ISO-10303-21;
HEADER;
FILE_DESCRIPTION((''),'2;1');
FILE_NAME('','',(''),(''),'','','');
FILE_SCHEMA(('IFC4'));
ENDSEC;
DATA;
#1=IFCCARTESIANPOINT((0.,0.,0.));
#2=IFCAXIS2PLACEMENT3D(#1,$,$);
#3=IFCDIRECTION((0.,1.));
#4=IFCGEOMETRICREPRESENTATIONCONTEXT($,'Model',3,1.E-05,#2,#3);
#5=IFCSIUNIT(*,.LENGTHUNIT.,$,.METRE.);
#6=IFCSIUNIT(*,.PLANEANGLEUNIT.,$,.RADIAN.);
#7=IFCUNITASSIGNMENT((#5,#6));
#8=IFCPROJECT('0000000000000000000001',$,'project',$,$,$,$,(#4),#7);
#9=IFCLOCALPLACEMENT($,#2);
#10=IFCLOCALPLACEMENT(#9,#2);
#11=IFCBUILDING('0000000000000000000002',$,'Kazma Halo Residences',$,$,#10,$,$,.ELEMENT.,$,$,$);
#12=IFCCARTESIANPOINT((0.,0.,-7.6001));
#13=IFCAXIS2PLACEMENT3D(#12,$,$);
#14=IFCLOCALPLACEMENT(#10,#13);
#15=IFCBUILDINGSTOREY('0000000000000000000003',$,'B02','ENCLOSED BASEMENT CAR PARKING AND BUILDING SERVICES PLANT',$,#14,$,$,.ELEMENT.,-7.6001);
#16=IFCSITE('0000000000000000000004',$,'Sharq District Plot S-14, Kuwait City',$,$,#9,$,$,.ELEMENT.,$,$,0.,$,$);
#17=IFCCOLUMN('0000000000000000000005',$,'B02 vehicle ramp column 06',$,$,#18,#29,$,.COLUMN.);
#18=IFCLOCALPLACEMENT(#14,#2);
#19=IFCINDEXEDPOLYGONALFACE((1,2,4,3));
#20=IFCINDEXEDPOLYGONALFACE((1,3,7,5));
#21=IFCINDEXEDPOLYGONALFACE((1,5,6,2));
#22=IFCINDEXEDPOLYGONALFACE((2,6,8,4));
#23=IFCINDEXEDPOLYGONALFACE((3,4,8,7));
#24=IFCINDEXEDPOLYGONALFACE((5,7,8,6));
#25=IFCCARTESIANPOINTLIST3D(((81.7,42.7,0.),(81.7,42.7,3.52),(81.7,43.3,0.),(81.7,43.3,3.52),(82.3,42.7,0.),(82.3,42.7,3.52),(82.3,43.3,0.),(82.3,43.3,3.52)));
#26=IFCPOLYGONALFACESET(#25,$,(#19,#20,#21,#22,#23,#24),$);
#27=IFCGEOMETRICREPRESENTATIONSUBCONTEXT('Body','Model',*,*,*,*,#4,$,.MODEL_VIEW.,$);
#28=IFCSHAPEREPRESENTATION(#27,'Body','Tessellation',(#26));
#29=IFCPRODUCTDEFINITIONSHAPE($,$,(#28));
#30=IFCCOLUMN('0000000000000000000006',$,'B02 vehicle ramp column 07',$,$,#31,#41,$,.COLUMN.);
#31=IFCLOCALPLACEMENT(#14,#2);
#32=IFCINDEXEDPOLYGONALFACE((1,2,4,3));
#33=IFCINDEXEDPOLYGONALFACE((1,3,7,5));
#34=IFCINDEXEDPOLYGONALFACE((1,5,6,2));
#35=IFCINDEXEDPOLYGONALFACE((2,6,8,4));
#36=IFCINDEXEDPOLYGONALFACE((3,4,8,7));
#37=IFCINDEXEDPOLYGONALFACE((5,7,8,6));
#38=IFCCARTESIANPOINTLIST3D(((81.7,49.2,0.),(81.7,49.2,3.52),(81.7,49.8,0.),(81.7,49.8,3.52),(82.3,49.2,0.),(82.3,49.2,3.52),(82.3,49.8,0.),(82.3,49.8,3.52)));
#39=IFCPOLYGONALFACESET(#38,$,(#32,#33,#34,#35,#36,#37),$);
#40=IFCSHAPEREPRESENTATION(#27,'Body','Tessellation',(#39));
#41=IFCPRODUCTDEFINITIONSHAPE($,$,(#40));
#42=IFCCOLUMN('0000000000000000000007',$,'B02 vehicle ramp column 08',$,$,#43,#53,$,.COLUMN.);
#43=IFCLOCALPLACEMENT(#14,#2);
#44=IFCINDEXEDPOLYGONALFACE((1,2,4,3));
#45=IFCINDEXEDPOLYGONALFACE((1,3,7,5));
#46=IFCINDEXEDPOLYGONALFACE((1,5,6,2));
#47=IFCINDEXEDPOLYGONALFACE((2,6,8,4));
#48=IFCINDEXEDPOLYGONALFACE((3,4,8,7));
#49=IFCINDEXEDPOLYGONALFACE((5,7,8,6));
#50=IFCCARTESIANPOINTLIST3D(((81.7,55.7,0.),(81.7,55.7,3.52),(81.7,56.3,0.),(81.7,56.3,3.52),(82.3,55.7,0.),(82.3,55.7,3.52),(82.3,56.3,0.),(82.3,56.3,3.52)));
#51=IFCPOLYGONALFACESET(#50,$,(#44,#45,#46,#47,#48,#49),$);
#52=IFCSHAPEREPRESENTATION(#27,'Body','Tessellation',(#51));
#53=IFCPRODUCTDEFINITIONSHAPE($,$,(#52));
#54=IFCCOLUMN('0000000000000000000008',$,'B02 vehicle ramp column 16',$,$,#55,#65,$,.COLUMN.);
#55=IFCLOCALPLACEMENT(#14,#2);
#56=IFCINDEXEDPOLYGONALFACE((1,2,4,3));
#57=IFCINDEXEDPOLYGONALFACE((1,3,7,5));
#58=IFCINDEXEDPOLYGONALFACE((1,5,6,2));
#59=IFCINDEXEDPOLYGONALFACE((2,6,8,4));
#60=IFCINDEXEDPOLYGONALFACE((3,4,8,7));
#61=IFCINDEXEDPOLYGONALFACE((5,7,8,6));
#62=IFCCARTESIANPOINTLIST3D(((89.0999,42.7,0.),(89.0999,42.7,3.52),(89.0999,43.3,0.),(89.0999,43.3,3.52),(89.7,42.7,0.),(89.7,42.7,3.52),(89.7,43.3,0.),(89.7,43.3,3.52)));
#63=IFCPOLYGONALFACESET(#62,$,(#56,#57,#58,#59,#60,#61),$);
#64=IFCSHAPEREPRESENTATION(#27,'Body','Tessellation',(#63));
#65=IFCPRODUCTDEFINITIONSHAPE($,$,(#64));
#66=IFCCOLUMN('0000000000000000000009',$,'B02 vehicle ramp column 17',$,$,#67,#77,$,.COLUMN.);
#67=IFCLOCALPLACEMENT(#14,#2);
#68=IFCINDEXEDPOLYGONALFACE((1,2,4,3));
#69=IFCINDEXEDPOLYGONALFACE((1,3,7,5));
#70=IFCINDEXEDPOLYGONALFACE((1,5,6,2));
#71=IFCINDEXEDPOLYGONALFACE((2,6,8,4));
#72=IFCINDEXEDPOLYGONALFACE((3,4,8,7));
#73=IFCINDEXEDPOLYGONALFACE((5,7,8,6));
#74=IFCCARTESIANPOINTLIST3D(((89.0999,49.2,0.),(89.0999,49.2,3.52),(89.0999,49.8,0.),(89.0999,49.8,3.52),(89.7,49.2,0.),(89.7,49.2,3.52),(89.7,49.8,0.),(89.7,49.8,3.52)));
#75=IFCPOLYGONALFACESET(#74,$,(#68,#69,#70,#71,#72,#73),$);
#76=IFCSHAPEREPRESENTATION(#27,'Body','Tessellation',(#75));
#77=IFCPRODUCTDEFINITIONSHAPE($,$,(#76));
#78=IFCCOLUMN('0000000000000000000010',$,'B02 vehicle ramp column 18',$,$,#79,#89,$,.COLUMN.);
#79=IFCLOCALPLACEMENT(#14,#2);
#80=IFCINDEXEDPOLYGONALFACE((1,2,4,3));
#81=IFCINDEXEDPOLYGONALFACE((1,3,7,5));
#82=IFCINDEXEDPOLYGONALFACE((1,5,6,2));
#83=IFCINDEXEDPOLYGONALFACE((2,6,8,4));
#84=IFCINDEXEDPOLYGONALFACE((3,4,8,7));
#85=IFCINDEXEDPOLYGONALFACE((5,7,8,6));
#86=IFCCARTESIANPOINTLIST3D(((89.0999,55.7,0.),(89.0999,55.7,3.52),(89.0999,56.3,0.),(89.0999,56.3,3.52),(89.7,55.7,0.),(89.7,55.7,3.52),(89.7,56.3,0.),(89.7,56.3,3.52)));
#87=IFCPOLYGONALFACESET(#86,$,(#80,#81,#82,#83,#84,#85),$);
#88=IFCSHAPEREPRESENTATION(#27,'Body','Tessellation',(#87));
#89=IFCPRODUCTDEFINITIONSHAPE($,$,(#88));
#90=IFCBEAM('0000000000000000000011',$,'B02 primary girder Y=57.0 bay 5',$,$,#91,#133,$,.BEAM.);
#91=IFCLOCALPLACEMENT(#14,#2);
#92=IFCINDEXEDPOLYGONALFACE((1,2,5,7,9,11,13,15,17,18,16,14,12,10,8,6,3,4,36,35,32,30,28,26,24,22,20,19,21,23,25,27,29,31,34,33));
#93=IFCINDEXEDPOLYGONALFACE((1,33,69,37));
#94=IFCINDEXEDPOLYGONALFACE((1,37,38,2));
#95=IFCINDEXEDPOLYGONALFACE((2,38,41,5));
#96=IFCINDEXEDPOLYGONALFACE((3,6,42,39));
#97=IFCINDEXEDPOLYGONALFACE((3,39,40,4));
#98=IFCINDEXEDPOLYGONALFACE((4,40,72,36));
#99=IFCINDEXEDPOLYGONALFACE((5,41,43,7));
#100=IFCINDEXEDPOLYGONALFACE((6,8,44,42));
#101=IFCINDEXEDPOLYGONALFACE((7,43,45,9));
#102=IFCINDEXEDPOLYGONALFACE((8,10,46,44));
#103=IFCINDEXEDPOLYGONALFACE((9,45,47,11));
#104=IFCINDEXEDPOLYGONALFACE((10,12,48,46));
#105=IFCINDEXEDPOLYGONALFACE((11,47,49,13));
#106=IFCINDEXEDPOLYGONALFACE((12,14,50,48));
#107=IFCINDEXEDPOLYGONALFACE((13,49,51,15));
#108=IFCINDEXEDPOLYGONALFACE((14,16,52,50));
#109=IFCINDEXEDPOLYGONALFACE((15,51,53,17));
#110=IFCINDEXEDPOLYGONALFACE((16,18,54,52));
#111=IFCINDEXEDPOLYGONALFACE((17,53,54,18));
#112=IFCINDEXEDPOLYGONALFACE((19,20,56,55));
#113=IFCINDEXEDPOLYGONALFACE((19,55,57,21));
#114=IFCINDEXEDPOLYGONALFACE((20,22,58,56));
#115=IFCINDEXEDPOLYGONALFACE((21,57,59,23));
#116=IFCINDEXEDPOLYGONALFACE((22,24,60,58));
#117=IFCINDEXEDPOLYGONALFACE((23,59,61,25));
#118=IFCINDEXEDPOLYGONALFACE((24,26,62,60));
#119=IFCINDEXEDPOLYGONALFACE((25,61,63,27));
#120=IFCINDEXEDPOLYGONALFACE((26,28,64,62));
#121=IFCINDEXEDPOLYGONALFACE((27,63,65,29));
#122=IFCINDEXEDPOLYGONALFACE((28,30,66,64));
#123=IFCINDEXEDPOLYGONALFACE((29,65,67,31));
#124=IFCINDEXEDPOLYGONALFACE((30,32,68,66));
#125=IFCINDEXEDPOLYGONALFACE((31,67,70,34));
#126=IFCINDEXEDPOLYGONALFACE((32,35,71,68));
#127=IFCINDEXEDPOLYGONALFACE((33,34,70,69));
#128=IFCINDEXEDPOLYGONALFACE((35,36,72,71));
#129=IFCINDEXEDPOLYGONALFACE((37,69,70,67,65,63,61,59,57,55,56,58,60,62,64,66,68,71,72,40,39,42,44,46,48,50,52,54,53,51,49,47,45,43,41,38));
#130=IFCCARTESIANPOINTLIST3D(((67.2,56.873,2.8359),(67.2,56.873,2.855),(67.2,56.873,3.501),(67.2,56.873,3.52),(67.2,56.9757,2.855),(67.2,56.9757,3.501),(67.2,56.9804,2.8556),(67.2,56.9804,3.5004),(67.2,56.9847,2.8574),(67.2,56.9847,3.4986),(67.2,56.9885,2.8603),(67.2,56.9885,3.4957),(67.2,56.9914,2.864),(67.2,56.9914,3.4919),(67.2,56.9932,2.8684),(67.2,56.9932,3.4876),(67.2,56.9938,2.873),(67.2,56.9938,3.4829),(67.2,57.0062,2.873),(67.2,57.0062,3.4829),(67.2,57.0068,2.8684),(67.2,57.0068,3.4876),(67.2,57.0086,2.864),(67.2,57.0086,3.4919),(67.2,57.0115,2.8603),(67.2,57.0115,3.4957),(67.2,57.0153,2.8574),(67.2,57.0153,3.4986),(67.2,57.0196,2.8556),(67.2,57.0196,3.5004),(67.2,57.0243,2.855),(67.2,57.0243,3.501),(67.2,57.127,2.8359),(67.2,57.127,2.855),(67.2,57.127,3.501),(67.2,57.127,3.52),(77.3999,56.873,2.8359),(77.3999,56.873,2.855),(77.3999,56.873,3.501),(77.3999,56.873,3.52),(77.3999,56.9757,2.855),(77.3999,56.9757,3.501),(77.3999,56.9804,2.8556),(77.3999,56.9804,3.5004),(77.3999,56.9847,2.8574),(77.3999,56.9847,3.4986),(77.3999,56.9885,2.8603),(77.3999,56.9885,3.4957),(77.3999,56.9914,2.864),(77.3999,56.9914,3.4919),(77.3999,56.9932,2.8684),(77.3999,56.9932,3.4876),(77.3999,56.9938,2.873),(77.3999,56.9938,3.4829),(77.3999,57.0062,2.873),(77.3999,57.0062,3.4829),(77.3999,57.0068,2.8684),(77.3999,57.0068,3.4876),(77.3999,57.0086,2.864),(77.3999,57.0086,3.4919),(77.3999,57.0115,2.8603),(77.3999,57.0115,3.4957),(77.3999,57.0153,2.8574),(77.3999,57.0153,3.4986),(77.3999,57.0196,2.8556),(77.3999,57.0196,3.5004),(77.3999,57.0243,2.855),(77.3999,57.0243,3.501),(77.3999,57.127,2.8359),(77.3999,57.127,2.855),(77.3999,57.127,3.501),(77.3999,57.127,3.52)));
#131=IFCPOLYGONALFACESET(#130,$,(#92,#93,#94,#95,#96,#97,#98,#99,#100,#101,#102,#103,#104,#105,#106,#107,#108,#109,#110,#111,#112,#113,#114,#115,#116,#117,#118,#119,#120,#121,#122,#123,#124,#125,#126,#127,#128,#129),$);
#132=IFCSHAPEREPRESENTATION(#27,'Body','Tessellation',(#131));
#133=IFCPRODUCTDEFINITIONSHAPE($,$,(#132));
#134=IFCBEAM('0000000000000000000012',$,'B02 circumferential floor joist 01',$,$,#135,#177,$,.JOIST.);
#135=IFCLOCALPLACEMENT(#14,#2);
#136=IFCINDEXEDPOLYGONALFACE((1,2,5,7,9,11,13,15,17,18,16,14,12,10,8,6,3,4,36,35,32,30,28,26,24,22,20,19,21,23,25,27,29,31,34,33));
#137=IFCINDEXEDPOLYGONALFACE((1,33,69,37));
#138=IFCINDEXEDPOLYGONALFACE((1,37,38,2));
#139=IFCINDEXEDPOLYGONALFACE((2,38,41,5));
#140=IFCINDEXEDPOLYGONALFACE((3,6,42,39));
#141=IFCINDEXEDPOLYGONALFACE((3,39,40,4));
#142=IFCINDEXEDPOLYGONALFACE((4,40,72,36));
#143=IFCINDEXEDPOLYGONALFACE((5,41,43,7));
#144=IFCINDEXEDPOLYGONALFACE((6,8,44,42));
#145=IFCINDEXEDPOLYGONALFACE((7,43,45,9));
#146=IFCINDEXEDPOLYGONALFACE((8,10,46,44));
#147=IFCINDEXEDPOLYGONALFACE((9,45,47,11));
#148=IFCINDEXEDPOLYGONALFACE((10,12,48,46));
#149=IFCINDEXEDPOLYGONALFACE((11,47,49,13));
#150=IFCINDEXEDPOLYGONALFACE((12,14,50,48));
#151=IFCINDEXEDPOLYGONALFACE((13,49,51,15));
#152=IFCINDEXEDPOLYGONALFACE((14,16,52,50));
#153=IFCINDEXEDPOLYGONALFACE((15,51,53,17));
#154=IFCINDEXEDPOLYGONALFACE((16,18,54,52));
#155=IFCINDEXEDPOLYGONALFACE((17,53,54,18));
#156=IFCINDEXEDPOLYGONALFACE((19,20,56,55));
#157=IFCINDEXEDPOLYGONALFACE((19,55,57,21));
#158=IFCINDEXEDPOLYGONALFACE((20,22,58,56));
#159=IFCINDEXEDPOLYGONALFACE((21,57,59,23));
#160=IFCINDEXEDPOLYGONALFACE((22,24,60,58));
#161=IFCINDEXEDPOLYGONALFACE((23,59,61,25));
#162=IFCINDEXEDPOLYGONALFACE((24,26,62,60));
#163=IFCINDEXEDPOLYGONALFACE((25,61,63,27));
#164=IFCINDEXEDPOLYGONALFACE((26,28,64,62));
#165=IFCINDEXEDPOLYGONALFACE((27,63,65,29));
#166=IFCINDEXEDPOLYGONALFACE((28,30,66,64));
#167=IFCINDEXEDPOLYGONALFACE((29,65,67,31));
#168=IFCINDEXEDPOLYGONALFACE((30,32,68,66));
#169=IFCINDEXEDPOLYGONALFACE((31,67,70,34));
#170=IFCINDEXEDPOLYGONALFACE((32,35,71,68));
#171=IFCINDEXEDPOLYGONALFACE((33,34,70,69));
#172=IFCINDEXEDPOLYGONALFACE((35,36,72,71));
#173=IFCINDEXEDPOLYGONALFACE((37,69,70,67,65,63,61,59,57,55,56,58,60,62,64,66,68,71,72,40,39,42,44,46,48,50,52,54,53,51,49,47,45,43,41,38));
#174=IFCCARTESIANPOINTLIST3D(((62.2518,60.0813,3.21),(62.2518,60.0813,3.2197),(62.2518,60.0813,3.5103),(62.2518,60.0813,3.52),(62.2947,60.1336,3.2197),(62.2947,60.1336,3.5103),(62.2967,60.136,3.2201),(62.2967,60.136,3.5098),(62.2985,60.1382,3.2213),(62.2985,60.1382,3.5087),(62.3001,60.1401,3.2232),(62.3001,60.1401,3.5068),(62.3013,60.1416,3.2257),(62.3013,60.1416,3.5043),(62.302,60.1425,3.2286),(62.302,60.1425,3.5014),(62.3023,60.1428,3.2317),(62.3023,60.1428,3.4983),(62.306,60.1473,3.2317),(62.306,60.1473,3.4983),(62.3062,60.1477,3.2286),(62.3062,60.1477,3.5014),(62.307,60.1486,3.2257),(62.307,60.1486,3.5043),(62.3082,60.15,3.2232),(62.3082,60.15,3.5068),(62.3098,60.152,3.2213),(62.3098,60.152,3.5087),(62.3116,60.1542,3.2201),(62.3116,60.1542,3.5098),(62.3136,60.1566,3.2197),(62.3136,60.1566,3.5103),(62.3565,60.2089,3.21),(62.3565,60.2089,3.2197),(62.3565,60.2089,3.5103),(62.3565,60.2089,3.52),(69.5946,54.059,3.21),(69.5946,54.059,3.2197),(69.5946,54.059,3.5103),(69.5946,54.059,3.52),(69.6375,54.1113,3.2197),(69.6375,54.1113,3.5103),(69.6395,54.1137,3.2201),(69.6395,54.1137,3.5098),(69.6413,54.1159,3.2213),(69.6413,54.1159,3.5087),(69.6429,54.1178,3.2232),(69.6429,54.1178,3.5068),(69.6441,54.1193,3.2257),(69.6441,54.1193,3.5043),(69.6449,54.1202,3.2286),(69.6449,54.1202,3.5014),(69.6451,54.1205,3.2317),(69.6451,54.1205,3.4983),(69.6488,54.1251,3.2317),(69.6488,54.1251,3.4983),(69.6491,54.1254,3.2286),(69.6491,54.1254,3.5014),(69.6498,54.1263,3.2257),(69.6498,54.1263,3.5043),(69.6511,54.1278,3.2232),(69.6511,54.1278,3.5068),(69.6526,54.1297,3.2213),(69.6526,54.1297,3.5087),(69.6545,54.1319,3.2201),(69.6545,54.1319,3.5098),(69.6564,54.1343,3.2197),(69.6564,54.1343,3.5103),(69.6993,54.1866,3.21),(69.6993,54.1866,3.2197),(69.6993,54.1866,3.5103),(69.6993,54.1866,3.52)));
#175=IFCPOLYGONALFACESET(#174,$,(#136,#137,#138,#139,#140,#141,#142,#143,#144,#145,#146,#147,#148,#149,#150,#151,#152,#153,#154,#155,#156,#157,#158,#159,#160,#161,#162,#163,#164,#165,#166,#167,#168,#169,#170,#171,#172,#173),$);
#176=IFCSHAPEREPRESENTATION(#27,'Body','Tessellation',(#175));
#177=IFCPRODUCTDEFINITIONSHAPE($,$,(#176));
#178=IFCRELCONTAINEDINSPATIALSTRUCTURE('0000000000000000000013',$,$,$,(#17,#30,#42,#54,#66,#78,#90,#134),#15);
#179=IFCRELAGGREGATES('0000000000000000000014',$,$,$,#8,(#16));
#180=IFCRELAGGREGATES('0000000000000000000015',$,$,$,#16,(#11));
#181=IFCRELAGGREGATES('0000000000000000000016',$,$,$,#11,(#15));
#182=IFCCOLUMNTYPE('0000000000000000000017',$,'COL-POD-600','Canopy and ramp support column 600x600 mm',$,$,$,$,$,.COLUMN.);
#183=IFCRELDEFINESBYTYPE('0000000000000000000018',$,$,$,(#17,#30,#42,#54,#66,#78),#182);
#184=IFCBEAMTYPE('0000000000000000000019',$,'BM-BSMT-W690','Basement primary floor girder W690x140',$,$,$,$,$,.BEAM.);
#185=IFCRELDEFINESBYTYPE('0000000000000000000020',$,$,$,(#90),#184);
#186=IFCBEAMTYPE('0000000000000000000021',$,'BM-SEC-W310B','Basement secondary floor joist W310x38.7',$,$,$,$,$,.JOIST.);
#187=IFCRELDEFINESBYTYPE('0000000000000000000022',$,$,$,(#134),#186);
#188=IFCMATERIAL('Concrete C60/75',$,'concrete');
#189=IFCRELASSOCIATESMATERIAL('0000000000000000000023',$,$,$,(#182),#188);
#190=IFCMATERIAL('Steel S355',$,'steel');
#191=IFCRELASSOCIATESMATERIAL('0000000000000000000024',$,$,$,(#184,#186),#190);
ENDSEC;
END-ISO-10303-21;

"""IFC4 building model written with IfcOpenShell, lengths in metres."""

from ifc_helpers import new_model, si_unit, direction, frame, origin, origin_2d, place, context, subcontext, project, spatial, rectangle, i_section, extrude, material, material_profile, profile_set, type_object, element, save


model = new_model("IFC4")

# Units and contexts
model_context = context("Model", 3, precision=1e-05, world=origin(), true_north=direction((0.0, 1.0)))
body_context = subcontext(model_context, "Body", "Model", "MODEL_VIEW")
ifc_project = project(units=[si_unit("LENGTHUNIT", "METRE"), si_unit("PLANEANGLEUNIT", "RADIAN")], contexts=[model_context])

# Site, building, storey
site_placement = place(None, origin())
site = spatial("IfcSite", under=ifc_project, at=site_placement, Name="Sharq District Plot S-14, Kuwait City", CompositionType="ELEMENT", RefElevation=0.0)
building_placement = place(site_placement, origin())
building = spatial("IfcBuilding", under=site, at=building_placement, Name="Kazma Halo Residences", CompositionType="ELEMENT")
storey_placement = place(building_placement, frame((0.0, 0.0, -7.6001)))
storey = spatial("IfcBuildingStorey", under=building, at=storey_placement, Name="B02", Description="ENCLOSED BASEMENT CAR PARKING AND BUILDING SERVICES PLANT", CompositionType="ELEMENT", Elevation=-7.6001)

# Shared definitions
ifc_material_1 = material(Name="Concrete C60/75", Category="concrete")

# Columns
ifc_material_profile_1 = material_profile(ifc_material_1, rectangle(XDim=0.6001, YDim=0.6001, at=origin_2d()), Name="RECT600x600")
ifc_profile_set_1 = profile_set([ifc_material_profile_1], Name="Concrete C60/75")
column_type_1 = type_object("IfcColumnType", Name="COL-POD-600", Description="Canopy and ramp support column 600x600 mm", PredefinedType="COLUMN", material=ifc_profile_set_1)
for number, where, z_axis, x_axis, name in (
    (1, (82.0, 43.0, 0.0), (0.0, 0.0, 1.0), (1.0, 0.0, 0.0), "B02 vehicle ramp column 06"),
    (2, (82.0, 49.5, 0.0), (0.0, 0.0, 1.0), (1.0, 0.0, 0.0), "B02 vehicle ramp column 07"),
    (3, (82.0, 56.0, 0.0), (0.0, 0.0, 1.0), (1.0, 0.0, 0.0), "B02 vehicle ramp column 08"),
    (4, (89.3999, 43.0, 0.0), (0.0, 0.0, 1.0), (1.0, 0.0, 0.0), "B02 vehicle ramp column 16"),
    (5, (89.3999, 49.5, 0.0), (0.0, 0.0, 1.0), (1.0, 0.0, 0.0), "B02 vehicle ramp column 17"),
    (6, (89.3999, 56.0, 0.0), (0.0, 0.0, 1.0), (1.0, 0.0, 0.0), "B02 vehicle ramp column 18"),
):
    element("IfcColumn", number, at=place(storey_placement, frame(where, z_axis=z_axis, x_axis=x_axis)), inside=storey, type_object=column_type_1, Name=name, PredefinedType="COLUMN", context=body_context, shape_type="SweptSolid", body=[
        extrude(rectangle(XDim=0.6001, YDim=0.6001, at=origin_2d()), origin(), (0.0, 0.0, 1.0), 3.52),
    ])

# Beams
ifc_material_2 = material(Name="Steel S355", Category="steel")
ifc_material_profile_2 = material_profile(ifc_material_2, i_section(OverallWidth=0.2539, OverallDepth=0.6841, WebThickness=0.0125, FlangeThickness=0.019, FilletRadius=0.0181, at=origin_2d()), Name="W690x140")
ifc_profile_set_2 = profile_set([ifc_material_profile_2], Name="Steel S355")
beam_type_1 = type_object("IfcBeamType", Name="BM-BSMT-W690", Description="Basement primary floor girder W690x140", PredefinedType="BEAM", material=ifc_profile_set_2)
beam_1_placement = place(storey_placement, frame((67.2, 57.0, 3.178), z_axis=(1.0, 0.0, 0.0), x_axis=(0.0, 1.0, 0.0)))
element("IfcBeam", 7, at=beam_1_placement, inside=storey, type_object=beam_type_1, Name="B02 primary girder Y=57.0 bay 5", PredefinedType="BEAM", context=body_context, shape_type="SweptSolid", body=[
    extrude(i_section(OverallWidth=0.2539, OverallDepth=0.6841, WebThickness=0.0125, FlangeThickness=0.019, FilletRadius=0.0181, at=origin_2d()), origin(), (0.0, 0.0, 1.0), 10.2),
])
ifc_material_profile_3 = material_profile(ifc_material_2, i_section(OverallWidth=0.165, OverallDepth=0.3101, WebThickness=0.0059, FlangeThickness=0.0098, FilletRadius=0.012, at=origin_2d()), Name="W310x38.7")
ifc_profile_set_3 = profile_set([ifc_material_profile_3], Name="Steel S355")
beam_type_2 = type_object("IfcBeamType", Name="BM-SEC-W310B", Description="Basement secondary floor joist W310x38.7", PredefinedType="JOIST", material=ifc_profile_set_3)
beam_2_placement = place(storey_placement, frame((69.647, 54.1228, 3.365), z_axis=(-0.773209, 0.634152, 0.0), x_axis=(-0.634152, -0.773209, 0.0)))
element("IfcBeam", 8, at=beam_2_placement, inside=storey, type_object=beam_type_2, Name="B02 circumferential floor joist 01", PredefinedType="JOIST", context=body_context, shape_type="SweptSolid", body=[
    extrude(i_section(OverallWidth=0.165, OverallDepth=0.3101, WebThickness=0.0059, FlangeThickness=0.0098, FilletRadius=0.012, at=origin_2d()), origin(), (0.0, 0.0, 1.0), 9.4966),
])

save(model, "model.ifc")
